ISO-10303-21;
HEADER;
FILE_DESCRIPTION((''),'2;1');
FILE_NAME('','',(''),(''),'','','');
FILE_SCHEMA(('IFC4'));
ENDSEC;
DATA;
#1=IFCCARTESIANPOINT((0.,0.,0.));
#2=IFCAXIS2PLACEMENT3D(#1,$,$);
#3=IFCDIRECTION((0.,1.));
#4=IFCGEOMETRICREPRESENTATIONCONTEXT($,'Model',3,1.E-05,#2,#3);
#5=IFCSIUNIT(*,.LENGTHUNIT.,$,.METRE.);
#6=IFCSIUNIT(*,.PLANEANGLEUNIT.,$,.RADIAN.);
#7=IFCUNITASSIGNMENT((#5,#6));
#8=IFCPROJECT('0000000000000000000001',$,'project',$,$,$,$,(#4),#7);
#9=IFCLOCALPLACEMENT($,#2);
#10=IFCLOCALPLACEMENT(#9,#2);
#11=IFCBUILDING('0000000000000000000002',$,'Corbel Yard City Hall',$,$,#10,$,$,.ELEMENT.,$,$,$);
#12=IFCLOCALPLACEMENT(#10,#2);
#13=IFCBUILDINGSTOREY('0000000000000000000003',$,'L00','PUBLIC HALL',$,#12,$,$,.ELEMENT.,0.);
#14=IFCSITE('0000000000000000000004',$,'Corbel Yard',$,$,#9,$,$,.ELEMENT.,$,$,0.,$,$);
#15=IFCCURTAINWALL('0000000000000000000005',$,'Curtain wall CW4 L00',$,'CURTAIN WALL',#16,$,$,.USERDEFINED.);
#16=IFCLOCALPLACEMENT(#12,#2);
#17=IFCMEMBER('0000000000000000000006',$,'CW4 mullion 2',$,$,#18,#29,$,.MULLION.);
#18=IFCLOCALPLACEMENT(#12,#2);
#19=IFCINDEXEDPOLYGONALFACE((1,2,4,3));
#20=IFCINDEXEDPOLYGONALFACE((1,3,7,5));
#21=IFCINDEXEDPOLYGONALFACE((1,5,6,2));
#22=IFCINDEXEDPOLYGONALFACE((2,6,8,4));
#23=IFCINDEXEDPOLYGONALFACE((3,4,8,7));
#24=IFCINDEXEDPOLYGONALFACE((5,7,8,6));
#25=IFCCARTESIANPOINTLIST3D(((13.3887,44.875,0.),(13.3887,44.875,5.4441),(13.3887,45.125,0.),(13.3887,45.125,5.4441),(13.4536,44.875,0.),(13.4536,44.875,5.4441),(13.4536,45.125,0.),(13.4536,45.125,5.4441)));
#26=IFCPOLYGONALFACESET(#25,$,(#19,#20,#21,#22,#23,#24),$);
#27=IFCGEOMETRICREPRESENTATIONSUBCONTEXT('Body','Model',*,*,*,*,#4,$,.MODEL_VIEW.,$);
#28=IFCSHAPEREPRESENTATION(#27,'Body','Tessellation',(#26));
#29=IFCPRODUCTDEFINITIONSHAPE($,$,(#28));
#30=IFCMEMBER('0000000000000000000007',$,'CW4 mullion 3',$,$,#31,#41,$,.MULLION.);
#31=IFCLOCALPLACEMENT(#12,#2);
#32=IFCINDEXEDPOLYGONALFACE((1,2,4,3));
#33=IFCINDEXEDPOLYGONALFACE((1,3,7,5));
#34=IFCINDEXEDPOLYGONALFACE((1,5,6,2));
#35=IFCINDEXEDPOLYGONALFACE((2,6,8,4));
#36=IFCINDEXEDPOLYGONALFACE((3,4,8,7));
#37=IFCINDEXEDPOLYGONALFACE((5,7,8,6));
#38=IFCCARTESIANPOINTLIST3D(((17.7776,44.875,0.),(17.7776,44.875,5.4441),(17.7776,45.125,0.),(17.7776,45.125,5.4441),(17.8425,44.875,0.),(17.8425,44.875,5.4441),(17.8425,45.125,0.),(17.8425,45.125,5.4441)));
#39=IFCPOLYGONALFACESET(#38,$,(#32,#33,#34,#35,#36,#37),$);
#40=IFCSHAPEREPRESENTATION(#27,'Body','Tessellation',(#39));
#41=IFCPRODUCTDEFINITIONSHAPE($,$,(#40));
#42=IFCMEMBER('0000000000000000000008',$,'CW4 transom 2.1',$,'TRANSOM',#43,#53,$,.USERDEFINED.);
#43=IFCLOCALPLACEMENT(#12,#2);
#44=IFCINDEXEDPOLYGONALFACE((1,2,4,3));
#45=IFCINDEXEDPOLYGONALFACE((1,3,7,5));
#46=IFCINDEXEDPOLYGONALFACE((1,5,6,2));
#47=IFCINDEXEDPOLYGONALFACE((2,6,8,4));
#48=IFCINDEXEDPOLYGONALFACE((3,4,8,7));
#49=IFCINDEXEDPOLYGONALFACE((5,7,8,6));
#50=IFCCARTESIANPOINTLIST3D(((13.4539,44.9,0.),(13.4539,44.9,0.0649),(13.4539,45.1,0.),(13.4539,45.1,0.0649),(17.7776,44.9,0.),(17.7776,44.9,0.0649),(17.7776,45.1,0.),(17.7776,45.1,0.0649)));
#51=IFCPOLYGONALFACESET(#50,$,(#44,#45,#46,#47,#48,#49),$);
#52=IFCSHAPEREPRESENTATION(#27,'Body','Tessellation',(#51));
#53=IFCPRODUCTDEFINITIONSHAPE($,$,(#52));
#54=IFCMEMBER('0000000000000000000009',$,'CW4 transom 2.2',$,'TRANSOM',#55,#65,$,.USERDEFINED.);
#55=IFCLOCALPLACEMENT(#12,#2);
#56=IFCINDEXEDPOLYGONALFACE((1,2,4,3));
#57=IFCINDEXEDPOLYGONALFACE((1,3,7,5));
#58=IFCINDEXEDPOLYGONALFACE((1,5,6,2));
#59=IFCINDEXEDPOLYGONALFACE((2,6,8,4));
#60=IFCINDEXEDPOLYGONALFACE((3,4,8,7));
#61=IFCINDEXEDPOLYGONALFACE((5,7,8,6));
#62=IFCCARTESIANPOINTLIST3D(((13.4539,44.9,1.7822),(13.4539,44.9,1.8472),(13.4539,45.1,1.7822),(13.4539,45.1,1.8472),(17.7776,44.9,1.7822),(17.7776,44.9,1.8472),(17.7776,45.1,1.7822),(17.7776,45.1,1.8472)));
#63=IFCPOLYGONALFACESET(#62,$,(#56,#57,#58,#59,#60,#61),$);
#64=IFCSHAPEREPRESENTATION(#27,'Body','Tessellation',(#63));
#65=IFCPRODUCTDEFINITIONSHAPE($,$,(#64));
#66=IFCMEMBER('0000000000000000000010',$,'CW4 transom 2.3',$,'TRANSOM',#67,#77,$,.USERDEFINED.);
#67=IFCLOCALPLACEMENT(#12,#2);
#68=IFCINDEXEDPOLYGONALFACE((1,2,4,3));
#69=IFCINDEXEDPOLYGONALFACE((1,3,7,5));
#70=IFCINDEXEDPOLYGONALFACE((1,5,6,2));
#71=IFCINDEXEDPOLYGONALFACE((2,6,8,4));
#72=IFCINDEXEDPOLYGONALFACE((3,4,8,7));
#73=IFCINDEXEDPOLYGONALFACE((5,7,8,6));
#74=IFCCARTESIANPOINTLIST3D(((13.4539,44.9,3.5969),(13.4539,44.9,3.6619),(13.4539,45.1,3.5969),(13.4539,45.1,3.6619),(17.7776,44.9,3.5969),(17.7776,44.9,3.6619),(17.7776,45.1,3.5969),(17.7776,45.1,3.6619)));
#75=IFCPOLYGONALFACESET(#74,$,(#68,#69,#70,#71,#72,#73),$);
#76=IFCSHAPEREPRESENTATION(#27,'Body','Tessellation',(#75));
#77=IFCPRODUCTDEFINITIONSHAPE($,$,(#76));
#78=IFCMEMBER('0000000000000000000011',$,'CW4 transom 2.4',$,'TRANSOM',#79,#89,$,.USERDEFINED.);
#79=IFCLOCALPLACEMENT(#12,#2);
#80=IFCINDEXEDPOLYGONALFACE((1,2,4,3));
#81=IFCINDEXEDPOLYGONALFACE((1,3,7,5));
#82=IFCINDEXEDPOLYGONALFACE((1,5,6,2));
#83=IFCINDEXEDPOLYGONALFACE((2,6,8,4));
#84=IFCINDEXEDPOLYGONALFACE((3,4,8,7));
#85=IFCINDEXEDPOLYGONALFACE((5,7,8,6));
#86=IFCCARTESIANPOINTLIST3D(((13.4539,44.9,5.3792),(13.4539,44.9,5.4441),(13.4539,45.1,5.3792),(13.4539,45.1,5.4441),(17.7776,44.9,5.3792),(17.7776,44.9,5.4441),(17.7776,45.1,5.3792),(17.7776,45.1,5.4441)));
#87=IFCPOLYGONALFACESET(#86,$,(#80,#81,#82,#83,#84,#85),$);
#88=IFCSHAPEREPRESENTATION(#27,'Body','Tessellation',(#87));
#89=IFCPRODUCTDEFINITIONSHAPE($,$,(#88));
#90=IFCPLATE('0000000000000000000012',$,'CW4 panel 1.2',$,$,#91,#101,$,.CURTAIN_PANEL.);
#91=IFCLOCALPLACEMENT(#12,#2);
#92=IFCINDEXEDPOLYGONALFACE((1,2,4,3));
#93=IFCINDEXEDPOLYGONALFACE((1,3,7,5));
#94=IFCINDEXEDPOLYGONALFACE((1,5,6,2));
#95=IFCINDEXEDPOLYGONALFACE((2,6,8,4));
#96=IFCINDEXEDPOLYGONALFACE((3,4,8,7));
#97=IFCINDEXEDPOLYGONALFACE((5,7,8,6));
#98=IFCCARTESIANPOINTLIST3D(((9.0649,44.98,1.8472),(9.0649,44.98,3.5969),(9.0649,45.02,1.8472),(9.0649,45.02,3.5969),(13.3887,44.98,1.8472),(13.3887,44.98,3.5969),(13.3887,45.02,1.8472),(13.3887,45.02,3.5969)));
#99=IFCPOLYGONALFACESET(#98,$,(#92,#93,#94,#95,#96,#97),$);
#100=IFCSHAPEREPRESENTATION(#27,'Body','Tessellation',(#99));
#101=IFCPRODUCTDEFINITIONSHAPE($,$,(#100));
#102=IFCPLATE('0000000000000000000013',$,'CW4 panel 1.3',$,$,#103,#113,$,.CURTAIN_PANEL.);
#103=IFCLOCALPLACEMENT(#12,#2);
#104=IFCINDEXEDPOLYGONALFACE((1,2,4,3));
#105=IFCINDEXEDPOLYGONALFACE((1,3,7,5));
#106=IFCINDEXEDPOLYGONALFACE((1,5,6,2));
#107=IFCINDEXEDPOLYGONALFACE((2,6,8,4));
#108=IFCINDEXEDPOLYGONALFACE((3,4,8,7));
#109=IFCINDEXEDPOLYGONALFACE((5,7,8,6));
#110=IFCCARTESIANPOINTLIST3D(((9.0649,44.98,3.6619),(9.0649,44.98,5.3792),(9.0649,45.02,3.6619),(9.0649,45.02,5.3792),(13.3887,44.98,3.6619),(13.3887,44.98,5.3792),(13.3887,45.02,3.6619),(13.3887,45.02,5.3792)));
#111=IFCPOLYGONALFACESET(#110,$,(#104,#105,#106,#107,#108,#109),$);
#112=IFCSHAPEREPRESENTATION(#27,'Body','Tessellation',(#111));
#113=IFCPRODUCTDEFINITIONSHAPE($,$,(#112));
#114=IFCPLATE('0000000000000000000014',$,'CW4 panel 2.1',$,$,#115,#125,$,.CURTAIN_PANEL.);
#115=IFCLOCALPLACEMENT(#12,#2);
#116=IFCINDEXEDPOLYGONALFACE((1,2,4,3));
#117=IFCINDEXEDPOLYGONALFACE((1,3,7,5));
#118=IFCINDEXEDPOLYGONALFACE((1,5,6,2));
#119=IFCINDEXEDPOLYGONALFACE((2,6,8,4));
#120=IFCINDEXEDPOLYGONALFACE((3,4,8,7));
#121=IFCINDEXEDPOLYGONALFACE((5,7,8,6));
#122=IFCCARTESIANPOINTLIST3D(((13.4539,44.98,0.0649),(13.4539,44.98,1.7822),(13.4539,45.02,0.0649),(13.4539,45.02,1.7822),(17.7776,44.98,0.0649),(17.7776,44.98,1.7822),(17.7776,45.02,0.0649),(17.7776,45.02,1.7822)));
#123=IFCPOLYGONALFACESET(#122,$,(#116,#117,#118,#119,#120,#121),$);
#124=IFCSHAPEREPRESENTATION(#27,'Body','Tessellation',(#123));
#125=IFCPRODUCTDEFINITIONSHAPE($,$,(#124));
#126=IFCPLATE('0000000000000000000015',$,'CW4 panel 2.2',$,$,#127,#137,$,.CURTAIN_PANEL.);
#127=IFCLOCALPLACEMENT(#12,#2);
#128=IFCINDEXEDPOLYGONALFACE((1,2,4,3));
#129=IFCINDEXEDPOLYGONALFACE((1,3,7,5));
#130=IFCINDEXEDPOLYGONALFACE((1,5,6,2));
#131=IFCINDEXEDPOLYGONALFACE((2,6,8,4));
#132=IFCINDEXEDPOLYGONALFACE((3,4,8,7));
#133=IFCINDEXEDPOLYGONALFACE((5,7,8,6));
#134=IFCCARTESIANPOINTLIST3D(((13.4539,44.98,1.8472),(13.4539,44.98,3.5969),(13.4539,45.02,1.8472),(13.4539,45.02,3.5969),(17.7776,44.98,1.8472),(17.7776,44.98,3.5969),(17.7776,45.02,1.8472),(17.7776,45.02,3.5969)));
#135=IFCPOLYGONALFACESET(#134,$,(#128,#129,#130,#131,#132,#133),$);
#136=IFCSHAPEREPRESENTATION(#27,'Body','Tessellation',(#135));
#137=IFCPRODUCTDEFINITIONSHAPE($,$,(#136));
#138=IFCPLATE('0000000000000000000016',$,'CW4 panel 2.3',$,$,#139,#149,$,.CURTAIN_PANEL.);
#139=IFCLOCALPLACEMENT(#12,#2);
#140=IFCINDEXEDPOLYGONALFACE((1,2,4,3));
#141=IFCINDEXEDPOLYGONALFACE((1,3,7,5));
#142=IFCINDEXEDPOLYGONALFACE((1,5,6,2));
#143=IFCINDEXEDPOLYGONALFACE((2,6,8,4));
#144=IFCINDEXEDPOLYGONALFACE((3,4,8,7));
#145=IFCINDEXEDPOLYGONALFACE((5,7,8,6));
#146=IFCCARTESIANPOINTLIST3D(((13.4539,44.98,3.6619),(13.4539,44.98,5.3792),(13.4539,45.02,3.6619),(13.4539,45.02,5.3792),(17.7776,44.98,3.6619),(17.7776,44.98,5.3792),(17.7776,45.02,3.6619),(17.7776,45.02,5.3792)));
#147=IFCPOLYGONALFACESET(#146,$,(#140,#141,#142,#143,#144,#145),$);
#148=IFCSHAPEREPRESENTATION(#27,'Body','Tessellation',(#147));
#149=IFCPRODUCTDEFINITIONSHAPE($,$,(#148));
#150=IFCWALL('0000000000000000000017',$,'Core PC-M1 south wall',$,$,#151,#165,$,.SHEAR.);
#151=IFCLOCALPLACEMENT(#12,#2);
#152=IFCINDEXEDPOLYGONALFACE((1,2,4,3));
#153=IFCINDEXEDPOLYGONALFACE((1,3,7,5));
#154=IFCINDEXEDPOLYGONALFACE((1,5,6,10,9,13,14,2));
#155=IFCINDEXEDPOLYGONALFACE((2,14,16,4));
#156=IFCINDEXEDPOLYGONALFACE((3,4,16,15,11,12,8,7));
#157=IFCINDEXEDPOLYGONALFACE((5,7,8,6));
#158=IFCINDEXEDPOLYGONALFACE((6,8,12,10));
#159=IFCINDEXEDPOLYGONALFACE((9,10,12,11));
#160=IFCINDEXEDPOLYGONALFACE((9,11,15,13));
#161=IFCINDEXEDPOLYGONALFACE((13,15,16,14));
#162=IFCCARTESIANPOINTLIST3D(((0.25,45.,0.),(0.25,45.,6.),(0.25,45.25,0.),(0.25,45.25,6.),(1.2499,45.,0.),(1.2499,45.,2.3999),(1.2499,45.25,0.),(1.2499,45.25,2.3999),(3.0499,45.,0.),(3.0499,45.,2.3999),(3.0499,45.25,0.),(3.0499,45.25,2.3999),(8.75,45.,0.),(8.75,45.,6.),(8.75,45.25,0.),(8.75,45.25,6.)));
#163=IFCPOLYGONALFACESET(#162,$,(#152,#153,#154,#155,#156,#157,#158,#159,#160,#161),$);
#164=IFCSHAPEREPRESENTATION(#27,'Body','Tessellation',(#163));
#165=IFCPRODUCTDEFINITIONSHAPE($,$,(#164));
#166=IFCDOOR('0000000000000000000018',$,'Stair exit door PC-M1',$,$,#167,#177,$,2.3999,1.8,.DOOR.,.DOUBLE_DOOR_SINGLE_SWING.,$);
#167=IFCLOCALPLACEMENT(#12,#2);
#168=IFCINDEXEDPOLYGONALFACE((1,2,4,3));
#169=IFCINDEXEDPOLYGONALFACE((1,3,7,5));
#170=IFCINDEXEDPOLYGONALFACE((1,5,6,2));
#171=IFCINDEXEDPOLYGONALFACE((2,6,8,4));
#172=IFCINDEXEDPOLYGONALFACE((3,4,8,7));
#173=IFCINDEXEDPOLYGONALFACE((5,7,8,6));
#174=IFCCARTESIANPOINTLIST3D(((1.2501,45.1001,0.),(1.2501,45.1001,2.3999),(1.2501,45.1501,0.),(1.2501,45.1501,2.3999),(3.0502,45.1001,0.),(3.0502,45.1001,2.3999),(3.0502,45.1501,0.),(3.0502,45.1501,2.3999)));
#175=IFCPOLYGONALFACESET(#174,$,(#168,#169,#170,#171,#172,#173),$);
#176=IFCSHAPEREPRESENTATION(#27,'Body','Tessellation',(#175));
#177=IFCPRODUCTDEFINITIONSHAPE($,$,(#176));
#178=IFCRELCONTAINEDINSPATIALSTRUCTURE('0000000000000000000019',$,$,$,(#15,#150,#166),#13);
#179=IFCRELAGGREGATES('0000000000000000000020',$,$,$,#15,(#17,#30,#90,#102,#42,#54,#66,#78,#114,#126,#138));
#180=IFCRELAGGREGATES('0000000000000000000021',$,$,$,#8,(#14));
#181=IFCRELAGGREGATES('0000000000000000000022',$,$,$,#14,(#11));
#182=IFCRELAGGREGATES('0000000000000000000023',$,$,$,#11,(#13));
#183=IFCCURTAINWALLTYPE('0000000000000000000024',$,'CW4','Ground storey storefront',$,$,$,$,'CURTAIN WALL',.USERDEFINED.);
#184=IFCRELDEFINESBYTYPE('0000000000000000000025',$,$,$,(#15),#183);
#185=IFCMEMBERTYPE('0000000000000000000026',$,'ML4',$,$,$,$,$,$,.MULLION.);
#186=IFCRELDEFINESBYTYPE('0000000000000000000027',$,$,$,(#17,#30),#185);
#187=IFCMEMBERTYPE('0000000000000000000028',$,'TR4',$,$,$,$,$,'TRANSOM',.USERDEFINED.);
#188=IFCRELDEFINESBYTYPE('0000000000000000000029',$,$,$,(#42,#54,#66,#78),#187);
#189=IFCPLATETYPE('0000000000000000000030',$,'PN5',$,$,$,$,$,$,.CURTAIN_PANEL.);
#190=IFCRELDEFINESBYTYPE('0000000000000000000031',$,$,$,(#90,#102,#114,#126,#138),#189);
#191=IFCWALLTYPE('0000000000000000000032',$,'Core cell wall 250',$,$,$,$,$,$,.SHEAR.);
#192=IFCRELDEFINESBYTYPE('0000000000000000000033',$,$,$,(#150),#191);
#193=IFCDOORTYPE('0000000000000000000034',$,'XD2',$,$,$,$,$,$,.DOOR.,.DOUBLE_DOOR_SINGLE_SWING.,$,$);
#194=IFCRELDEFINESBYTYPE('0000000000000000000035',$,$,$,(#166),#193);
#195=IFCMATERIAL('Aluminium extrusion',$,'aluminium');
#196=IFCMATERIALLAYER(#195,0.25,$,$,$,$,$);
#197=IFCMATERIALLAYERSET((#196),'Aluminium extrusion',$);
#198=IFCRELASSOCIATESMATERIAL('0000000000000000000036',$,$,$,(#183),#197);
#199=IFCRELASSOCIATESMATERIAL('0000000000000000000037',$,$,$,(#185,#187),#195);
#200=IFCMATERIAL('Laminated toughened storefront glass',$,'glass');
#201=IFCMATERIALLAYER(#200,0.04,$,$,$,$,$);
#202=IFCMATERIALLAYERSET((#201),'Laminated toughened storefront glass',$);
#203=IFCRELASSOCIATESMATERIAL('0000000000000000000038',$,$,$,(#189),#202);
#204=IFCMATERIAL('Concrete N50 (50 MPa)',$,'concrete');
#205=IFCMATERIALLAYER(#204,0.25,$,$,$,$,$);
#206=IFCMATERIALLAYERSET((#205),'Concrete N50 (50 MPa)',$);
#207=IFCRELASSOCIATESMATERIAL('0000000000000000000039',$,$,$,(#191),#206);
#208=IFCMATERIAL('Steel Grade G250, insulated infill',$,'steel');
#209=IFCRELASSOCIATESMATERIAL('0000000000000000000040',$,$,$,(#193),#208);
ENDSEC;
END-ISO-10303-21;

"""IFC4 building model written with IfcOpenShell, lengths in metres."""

from ifc_helpers import new_model, si_unit, direction, frame, frame_2d, origin, origin_2d, place, context, subcontext, project, spatial, rectangle, extrude, material, layer, layer_set, material_profile, profile_set, type_object, element, fill, aggregate, save


model = new_model("IFC4")

# Units and contexts
model_context = context("Model", 3, precision=1e-05, world=origin(), true_north=direction((0.0, 1.0)))
body_context = subcontext(model_context, "Body", "Model", "MODEL_VIEW")
ifc_project = project(units=[si_unit("LENGTHUNIT", "METRE"), si_unit("PLANEANGLEUNIT", "RADIAN")], contexts=[model_context])

# Site, building, storey
site_placement = place(None, origin())
site = spatial("IfcSite", under=ifc_project, at=site_placement, Name="Corbel Yard", CompositionType="ELEMENT", RefElevation=0.0)
building_placement = place(site_placement, origin())
building = spatial("IfcBuilding", under=site, at=building_placement, Name="Corbel Yard City Hall", CompositionType="ELEMENT")
storey_placement = place(building_placement, origin())
storey = spatial("IfcBuildingStorey", under=building, at=storey_placement, Name="L00", Description="PUBLIC HALL", CompositionType="ELEMENT", Elevation=0.0)

# Curtain wall, members, plates
ifc_material_1 = material(Name="Aluminium extrusion", Category="aluminium")
ifc_layer_1 = layer(ifc_material_1, 0.25)
ifc_layer_set_1 = layer_set([ifc_layer_1], Name="Aluminium extrusion")
curtain_wall_type = type_object("IfcCurtainWallType", Name="CW4", Description="Ground storey storefront", ElementType="CURTAIN WALL", PredefinedType="USERDEFINED", material=ifc_layer_set_1)
curtain_wall_placement = place(storey_placement, origin())
curtain_wall = element("IfcCurtainWall", 1, at=curtain_wall_placement, inside=storey, type_object=curtain_wall_type, Name="Curtain wall CW4 L00", ObjectType="CURTAIN WALL", PredefinedType="USERDEFINED")
ifc_material_profile_1 = material_profile(ifc_material_1, rectangle(XDim=0.25, YDim=0.0649, at=origin_2d()), Name="250x65")
ifc_profile_set_1 = profile_set([ifc_material_profile_1], Name="Aluminium extrusion")
member_type_1 = type_object("IfcMemberType", Name="ML4", PredefinedType="MULLION", material=ifc_profile_set_1)
member_1_placement = place(storey_placement, frame((13.4211, 45.0, 0.0), z_axis=(0.0, 0.0, 1.0), x_axis=(0.0, 1.0, 0.0)))
member_1 = element("IfcMember", 2, at=member_1_placement, type_object=member_type_1, Name="CW4 mullion 2", PredefinedType="MULLION", context=body_context, shape_type="SweptSolid", body=[
    extrude(rectangle(XDim=0.25, YDim=0.0649, at=origin_2d()), origin(), (0.0, 0.0, 1.0), 5.4441),
])
member_2_placement = place(storey_placement, frame((17.8101, 45.0, 0.0), z_axis=(0.0, 0.0, 1.0), x_axis=(0.0, 1.0, 0.0)))
member_2 = element("IfcMember", 3, at=member_2_placement, type_object=member_type_1, Name="CW4 mullion 3", PredefinedType="MULLION", context=body_context, shape_type="SweptSolid", body=[
    extrude(rectangle(XDim=0.25, YDim=0.0649, at=origin_2d()), origin(), (0.0, 0.0, 1.0), 5.4441),
])
ifc_material_profile_2 = material_profile(ifc_material_1, rectangle(XDim=0.2, YDim=0.0649, at=origin_2d()), Name="200x65")
ifc_profile_set_2 = profile_set([ifc_material_profile_2], Name="Aluminium extrusion")
member_type_2 = type_object("IfcMemberType", Name="TR4", ElementType="TRANSOM", PredefinedType="USERDEFINED", material=ifc_profile_set_2)
member_3_placement = place(storey_placement, frame((13.4539, 45.0, 0.0325), z_axis=(1.0, 0.0, 0.0), x_axis=(0.0, 1.0, 0.0)))
member_3 = element("IfcMember", 4, at=member_3_placement, type_object=member_type_2, Name="CW4 transom 2.1", ObjectType="TRANSOM", PredefinedType="USERDEFINED", context=body_context, shape_type="SweptSolid", body=[
    extrude(rectangle(XDim=0.2, YDim=0.0649, at=origin_2d()), origin(), (0.0, 0.0, 1.0), 4.3237),
])
member_4_placement = place(storey_placement, frame((13.4539, 45.0, 1.8147), z_axis=(1.0, 0.0, 0.0), x_axis=(0.0, 1.0, 0.0)))
member_4 = element("IfcMember", 5, at=member_4_placement, type_object=member_type_2, Name="CW4 transom 2.2", ObjectType="TRANSOM", PredefinedType="USERDEFINED", context=body_context, shape_type="SweptSolid", body=[
    extrude(rectangle(XDim=0.2, YDim=0.0649, at=origin_2d()), origin(), (0.0, 0.0, 1.0), 4.3237),
])
member_5_placement = place(storey_placement, frame((13.4539, 45.0, 3.6294), z_axis=(1.0, 0.0, 0.0), x_axis=(0.0, 1.0, 0.0)))
member_5 = element("IfcMember", 6, at=member_5_placement, type_object=member_type_2, Name="CW4 transom 2.3", ObjectType="TRANSOM", PredefinedType="USERDEFINED", context=body_context, shape_type="SweptSolid", body=[
    extrude(rectangle(XDim=0.2, YDim=0.0649, at=origin_2d()), origin(), (0.0, 0.0, 1.0), 4.3237),
])
member_6_placement = place(storey_placement, frame((13.4539, 45.0, 5.4116), z_axis=(1.0, 0.0, 0.0), x_axis=(0.0, 1.0, 0.0)))
member_6 = element("IfcMember", 7, at=member_6_placement, type_object=member_type_2, Name="CW4 transom 2.4", ObjectType="TRANSOM", PredefinedType="USERDEFINED", context=body_context, shape_type="SweptSolid", body=[
    extrude(rectangle(XDim=0.2, YDim=0.0649, at=origin_2d()), origin(), (0.0, 0.0, 1.0), 4.3237),
])
ifc_material_2 = material(Name="Laminated toughened storefront glass", Category="glass")
ifc_layer_2 = layer(ifc_material_2, 0.04)
ifc_layer_set_2 = layer_set([ifc_layer_2], Name="Laminated toughened storefront glass")
plate_type = type_object("IfcPlateType", Name="PN5", PredefinedType="CURTAIN_PANEL", material=ifc_layer_set_2)
plate_1_placement = place(storey_placement, frame((11.2268, 45.0, 1.8472), z_axis=(0.0, 0.0, 1.0), x_axis=(1.0, 0.0, 0.0)))
plate_1 = element("IfcPlate", 8, at=plate_1_placement, type_object=plate_type, Name="CW4 panel 1.2", PredefinedType="CURTAIN_PANEL", context=body_context, shape_type="SweptSolid", body=[
    extrude(rectangle(XDim=4.3237, YDim=0.04, at=origin_2d()), origin(), (0.0, 0.0, 1.0), 1.7498),
])
plate_2_placement = place(storey_placement, frame((11.2268, 45.0, 3.6619), z_axis=(0.0, 0.0, 1.0), x_axis=(1.0, 0.0, 0.0)))
plate_2 = element("IfcPlate", 9, at=plate_2_placement, type_object=plate_type, Name="CW4 panel 1.3", PredefinedType="CURTAIN_PANEL", context=body_context, shape_type="SweptSolid", body=[
    extrude(rectangle(XDim=4.3237, YDim=0.04, at=origin_2d()), origin(), (0.0, 0.0, 1.0), 1.7173),
])
plate_3_placement = place(storey_placement, frame((15.6157, 45.0, 0.0649), z_axis=(0.0, 0.0, 1.0), x_axis=(1.0, 0.0, 0.0)))
plate_3 = element("IfcPlate", 10, at=plate_3_placement, type_object=plate_type, Name="CW4 panel 2.1", PredefinedType="CURTAIN_PANEL", context=body_context, shape_type="SweptSolid", body=[
    extrude(rectangle(XDim=4.3237, YDim=0.04, at=origin_2d()), origin(), (0.0, 0.0, 1.0), 1.7173),
])
plate_4_placement = place(storey_placement, frame((15.6157, 45.0, 1.8472), z_axis=(0.0, 0.0, 1.0), x_axis=(1.0, 0.0, 0.0)))
plate_4 = element("IfcPlate", 11, at=plate_4_placement, type_object=plate_type, Name="CW4 panel 2.2", PredefinedType="CURTAIN_PANEL", context=body_context, shape_type="SweptSolid", body=[
    extrude(rectangle(XDim=4.3237, YDim=0.04, at=origin_2d()), origin(), (0.0, 0.0, 1.0), 1.7498),
])
plate_5_placement = place(storey_placement, frame((15.6157, 45.0, 3.6619), z_axis=(0.0, 0.0, 1.0), x_axis=(1.0, 0.0, 0.0)))
plate_5 = element("IfcPlate", 12, at=plate_5_placement, type_object=plate_type, Name="CW4 panel 2.3", PredefinedType="CURTAIN_PANEL", context=body_context, shape_type="SweptSolid", body=[
    extrude(rectangle(XDim=4.3237, YDim=0.04, at=origin_2d()), origin(), (0.0, 0.0, 1.0), 1.7173),
])
aggregate(curtain_wall, [member_1, member_2, plate_1, plate_2, member_3, member_4, member_5, member_6, plate_3, plate_4, plate_5])

# Wall, opening, door
ifc_material_3 = material(Name="Concrete N50 (50 MPa)", Category="concrete")
ifc_layer_3 = layer(ifc_material_3, 0.25)
ifc_layer_set_3 = layer_set([ifc_layer_3], Name="Concrete N50 (50 MPa)")
wall_type_1 = type_object("IfcWallType", Name="Core cell wall 250", PredefinedType="SHEAR", material=ifc_layer_set_3)
wall_1_placement = place(storey_placement, frame((0.25, 45.125, 0.0), z_axis=(0.0, 0.0, 1.0), x_axis=(1.0, 0.0, 0.0)))
wall_1 = element("IfcWall", 13, at=wall_1_placement, inside=storey, type_object=wall_type_1, Name="Core PC-M1 south wall", PredefinedType="SHEAR", context=body_context, shape_type="SweptSolid", body=[
    extrude(rectangle(XDim=8.5, YDim=0.25, at=frame_2d((4.25, 0.0))), origin(), (0.0, 0.0, 1.0), 6.0),
])
opening_1_placement = place(wall_1_placement, frame((1.0, 0.0, 0.0)))
opening_1 = element("IfcOpeningElement", 14, at=opening_1_placement, cuts=wall_1, PredefinedType="OPENING", context=body_context, shape_type="SweptSolid", body=[
    extrude(rectangle(XDim=1.8, YDim=2.3999, at=frame_2d((0.8999, 1.2))), frame((0.0, 0.135, 0.0), z_axis=(0.0, -1.0, 0.0), x_axis=(1.0, 0.0, 0.0)), (0.0, 0.0, 1.0), 0.27),
])
ifc_material_4 = material(Name="Steel Grade G250, insulated infill", Category="steel")
door_type_1 = type_object("IfcDoorType", Name="XD2", OperationType="DOUBLE_DOOR_SINGLE_SWING", PredefinedType="DOOR", material=ifc_material_4)
door_1_placement = place(opening_1_placement, frame((1.8, 0.0, 0.0), z_axis=(0.0, 0.0, 1.0), x_axis=(-1.0, 0.0, 0.0)))
door_1 = element("IfcDoor", 15, at=door_1_placement, inside=storey, type_object=door_type_1, Name="Stair exit door PC-M1", OperationType="DOUBLE_DOOR_SINGLE_SWING", OverallHeight=2.3999, OverallWidth=1.8, PredefinedType="DOOR", context=body_context, shape_type="SweptSolid", body=[
    extrude(rectangle(XDim=1.8, YDim=2.3999, at=frame_2d((0.8999, 1.2))), frame((0.0, 0.0249, 0.0), z_axis=(0.0, -1.0, 0.0), x_axis=(1.0, 0.0, 0.0)), (0.0, 0.0, 1.0), 0.05),
])
fill(opening_1, door_1)

save(model, "model.ifc")
